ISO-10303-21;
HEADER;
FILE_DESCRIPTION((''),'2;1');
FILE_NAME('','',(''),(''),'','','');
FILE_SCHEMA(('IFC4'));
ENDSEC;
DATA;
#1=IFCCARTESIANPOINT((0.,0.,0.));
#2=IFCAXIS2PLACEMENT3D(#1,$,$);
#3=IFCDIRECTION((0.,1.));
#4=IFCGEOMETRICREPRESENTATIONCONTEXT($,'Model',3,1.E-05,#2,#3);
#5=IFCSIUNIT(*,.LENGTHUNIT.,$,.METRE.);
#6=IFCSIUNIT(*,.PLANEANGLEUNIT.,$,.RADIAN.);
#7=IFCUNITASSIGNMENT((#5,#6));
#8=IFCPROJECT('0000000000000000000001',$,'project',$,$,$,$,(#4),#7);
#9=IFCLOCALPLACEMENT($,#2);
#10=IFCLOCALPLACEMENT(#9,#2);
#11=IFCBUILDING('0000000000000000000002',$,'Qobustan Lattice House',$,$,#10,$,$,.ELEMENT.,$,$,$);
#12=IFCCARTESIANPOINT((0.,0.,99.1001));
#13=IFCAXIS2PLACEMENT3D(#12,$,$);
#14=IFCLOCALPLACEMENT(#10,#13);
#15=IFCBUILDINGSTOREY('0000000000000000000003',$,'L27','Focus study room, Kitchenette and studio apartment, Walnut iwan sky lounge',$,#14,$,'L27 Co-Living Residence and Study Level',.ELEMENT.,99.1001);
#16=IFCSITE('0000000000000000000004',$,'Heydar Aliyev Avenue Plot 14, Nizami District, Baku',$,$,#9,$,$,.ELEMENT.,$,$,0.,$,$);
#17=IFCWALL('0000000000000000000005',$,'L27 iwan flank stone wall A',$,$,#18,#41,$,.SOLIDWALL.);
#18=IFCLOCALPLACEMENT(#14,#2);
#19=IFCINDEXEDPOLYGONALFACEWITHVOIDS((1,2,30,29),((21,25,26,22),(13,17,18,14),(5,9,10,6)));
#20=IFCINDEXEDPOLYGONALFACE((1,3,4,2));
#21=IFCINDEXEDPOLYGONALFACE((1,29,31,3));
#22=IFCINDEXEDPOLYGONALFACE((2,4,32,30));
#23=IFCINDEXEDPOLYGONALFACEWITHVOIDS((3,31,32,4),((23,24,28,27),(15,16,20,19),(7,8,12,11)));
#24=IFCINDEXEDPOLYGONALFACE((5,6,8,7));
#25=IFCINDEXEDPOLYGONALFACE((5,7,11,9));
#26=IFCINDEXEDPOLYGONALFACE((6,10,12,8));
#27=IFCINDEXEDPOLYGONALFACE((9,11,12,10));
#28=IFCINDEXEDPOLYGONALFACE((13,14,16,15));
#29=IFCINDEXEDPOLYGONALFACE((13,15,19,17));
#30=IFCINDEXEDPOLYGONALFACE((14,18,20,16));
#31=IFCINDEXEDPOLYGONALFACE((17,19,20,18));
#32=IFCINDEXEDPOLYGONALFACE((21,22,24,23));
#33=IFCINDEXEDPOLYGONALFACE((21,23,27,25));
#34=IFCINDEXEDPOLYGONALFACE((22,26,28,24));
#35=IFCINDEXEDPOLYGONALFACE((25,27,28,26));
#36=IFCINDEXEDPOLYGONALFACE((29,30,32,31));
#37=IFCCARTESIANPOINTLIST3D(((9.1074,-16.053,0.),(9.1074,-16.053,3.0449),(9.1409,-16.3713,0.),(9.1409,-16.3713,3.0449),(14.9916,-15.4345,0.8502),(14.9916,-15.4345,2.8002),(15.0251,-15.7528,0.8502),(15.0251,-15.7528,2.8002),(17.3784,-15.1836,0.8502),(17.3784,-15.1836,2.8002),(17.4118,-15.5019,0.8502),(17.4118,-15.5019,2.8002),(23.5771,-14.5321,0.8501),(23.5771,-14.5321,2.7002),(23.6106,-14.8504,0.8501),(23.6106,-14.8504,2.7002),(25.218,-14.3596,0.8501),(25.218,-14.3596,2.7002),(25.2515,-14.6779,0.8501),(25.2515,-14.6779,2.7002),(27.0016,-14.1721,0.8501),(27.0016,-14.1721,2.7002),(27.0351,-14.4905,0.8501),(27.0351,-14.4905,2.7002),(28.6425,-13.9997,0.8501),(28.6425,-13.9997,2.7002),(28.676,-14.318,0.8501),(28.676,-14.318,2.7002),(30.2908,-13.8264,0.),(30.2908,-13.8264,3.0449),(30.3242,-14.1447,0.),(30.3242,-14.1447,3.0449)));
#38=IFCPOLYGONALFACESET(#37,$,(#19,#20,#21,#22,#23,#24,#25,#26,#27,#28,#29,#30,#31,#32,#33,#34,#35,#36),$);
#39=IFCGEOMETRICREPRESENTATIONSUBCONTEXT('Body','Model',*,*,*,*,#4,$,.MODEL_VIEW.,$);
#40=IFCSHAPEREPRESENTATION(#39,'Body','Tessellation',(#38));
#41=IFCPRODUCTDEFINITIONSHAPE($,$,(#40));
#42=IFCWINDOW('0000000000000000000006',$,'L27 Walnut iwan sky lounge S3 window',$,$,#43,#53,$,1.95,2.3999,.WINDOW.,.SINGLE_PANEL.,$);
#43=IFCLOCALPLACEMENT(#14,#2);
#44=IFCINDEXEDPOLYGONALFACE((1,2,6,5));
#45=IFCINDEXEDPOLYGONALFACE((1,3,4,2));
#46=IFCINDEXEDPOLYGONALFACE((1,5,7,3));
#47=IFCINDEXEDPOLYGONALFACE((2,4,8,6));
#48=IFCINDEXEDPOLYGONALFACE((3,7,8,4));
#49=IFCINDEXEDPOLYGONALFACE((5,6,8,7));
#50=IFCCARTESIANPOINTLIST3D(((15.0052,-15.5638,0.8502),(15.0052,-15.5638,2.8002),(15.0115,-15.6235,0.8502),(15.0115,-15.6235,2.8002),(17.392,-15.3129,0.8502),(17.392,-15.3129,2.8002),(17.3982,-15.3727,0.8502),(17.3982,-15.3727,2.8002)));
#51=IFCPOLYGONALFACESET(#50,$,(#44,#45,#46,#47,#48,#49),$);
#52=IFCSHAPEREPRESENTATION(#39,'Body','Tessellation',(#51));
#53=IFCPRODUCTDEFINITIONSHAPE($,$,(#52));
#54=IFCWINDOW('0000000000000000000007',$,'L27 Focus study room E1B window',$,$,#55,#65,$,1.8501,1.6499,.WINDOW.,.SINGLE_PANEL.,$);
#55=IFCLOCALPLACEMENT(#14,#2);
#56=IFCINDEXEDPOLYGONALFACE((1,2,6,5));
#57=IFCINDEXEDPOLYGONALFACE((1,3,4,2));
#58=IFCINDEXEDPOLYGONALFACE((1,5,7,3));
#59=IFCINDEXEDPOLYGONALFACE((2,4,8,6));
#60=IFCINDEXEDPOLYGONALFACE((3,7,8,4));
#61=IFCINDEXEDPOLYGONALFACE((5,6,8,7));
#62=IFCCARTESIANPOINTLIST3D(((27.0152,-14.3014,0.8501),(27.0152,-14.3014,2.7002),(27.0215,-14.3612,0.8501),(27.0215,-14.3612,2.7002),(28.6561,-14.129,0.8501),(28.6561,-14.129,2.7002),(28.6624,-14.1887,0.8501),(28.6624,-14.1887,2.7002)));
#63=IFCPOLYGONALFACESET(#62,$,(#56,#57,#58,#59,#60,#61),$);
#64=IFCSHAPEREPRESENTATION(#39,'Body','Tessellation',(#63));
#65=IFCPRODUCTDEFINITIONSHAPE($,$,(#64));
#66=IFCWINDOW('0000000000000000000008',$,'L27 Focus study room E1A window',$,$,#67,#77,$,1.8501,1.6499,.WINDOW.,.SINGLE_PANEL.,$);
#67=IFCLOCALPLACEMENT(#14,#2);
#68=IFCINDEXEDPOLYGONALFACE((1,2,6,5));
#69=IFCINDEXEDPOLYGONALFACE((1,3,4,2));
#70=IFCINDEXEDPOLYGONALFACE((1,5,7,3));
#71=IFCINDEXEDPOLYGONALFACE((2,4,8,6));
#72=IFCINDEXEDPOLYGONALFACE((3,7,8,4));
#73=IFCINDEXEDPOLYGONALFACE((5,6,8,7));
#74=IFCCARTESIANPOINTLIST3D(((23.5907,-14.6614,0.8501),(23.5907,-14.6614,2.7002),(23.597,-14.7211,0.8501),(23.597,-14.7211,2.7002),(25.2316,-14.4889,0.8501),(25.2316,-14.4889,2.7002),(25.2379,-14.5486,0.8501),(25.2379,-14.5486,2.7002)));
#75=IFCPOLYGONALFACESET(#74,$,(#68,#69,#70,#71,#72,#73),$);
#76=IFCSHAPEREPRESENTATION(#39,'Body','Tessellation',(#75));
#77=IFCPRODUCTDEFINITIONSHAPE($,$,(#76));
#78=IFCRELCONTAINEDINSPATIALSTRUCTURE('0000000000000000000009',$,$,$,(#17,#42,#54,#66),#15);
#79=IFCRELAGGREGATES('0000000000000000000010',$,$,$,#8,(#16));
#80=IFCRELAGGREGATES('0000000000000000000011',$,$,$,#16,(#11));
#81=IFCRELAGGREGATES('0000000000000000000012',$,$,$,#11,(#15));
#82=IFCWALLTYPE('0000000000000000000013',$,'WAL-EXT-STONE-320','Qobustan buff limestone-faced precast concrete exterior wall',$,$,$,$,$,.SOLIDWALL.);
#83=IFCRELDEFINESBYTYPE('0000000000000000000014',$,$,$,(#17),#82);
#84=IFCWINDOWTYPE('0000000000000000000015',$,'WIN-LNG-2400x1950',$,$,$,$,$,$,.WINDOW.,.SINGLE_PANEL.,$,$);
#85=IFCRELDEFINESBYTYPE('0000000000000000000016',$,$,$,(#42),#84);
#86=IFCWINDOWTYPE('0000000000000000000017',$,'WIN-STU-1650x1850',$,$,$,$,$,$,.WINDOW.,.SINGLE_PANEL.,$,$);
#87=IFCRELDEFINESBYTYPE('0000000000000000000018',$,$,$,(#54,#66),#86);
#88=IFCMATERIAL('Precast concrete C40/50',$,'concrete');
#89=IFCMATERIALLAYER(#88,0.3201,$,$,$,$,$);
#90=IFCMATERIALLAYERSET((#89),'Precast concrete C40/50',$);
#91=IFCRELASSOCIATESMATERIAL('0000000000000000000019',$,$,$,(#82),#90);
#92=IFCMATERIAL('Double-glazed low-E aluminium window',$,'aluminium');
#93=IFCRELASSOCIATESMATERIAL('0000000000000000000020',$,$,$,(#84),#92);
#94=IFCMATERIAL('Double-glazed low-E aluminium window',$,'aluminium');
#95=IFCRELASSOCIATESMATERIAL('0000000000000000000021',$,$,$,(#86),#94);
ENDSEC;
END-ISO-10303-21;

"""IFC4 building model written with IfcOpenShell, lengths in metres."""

from ifc_helpers import new_model, si_unit, direction, frame, frame_2d, origin, place, context, subcontext, project, spatial, rectangle, extrude, material, layer, layer_set, type_object, element, fill, save


model = new_model("IFC4")

# Units and contexts
model_context = context("Model", 3, precision=1e-05, world=origin(), true_north=direction((0.0, 1.0)))
body_context = subcontext(model_context, "Body", "Model", "MODEL_VIEW")
ifc_project = project(units=[si_unit("LENGTHUNIT", "METRE"), si_unit("PLANEANGLEUNIT", "RADIAN")], contexts=[model_context])

# Site, building, storey
site_placement = place(None, origin())
site = spatial("IfcSite", under=ifc_project, at=site_placement, Name="Heydar Aliyev Avenue Plot 14, Nizami District, Baku", CompositionType="ELEMENT", RefElevation=0.0)
building_placement = place(site_placement, origin())
building = spatial("IfcBuilding", under=site, at=building_placement, Name="Qobustan Lattice House", CompositionType="ELEMENT")
storey_placement = place(building_placement, frame((0.0, 0.0, 99.1001)))
storey = spatial("IfcBuildingStorey", under=building, at=storey_placement, Name="L27", Description="Focus study room, Kitchenette and studio apartment, Walnut iwan sky lounge", LongName="L27 Co-Living Residence and Study Level", CompositionType="ELEMENT", Elevation=99.1001)

# Shared definitions
ifc_material_1 = material(Name="Precast concrete C40/50", Category="concrete")
ifc_layer_1 = layer(ifc_material_1, 0.3201)
ifc_layer_set_1 = layer_set([ifc_layer_1], Name="Precast concrete C40/50")
wall_type = type_object("IfcWallType", Name="WAL-EXT-STONE-320", Description="Qobustan buff limestone-faced precast concrete exterior wall", PredefinedType="SOLIDWALL", material=ifc_layer_set_1)

# Wall, openings, windows
wall_1_placement = place(storey_placement, frame((30.3074, -13.9856, 0.0), z_axis=(0.0, 0.0, 1.0), x_axis=(-0.994521, -0.104533, 0.0)))
wall_1 = element("IfcWall", 1, at=wall_1_placement, inside=storey, type_object=wall_type, Name="L27 iwan flank stone wall A", PredefinedType="SOLIDWALL", context=body_context, shape_type="SweptSolid", body=[
    extrude(rectangle(XDim=21.3, YDim=0.3201, at=frame_2d((10.6499, 0.0))), origin(), (0.0, 0.0, 1.0), 3.0449),
])
opening_1_placement = place(wall_1_placement, frame((1.6572, 0.0, 0.8501)))
opening_1 = element("IfcOpeningElement", 2, at=opening_1_placement, cuts=wall_1, PredefinedType="OPENING", context=body_context, shape_type="SweptSolid", body=[
    extrude(rectangle(XDim=1.6499, YDim=1.8501, at=frame_2d((0.825, 0.925))), frame((0.0, 0.1699, 0.0), z_axis=(0.0, -1.0, 0.0), x_axis=(1.0, 0.0, 0.0)), (0.0, 0.0, 1.0), 0.3401),
])
opening_2_placement = place(wall_1_placement, frame((5.1006, 0.0, 0.8501)))
opening_2 = element("IfcOpeningElement", 3, at=opening_2_placement, cuts=wall_1, PredefinedType="OPENING", context=body_context, shape_type="SweptSolid", body=[
    extrude(rectangle(XDim=1.6499, YDim=1.8501, at=frame_2d((0.825, 0.925))), frame((0.0, 0.1699, 0.0), z_axis=(0.0, -1.0, 0.0), x_axis=(1.0, 0.0, 0.0)), (0.0, 0.0, 1.0), 0.3401),
])
opening_3_placement = place(wall_1_placement, frame((12.9834, 0.0, 0.8501)))
opening_3 = element("IfcOpeningElement", 4, at=opening_3_placement, cuts=wall_1, PredefinedType="OPENING", context=body_context, shape_type="SweptSolid", body=[
    extrude(rectangle(XDim=2.3999, YDim=1.95, at=frame_2d((1.2, 0.9751))), frame((0.0, 0.1699, 0.0), z_axis=(0.0, -1.0, 0.0), x_axis=(1.0, 0.0, 0.0)), (0.0, 0.0, 1.0), 0.3401),
])
ifc_material_2 = material(Name="Double-glazed low-E aluminium window", Category="aluminium")
window_type_1 = type_object("IfcWindowType", Name="WIN-LNG-2400x1950", PartitioningType="SINGLE_PANEL", PredefinedType="WINDOW", material=ifc_material_2)
window_1_placement = place(opening_3_placement, origin())
window_1 = element("IfcWindow", 5, at=window_1_placement, inside=storey, type_object=window_type_1, Name="L27 Walnut iwan sky lounge S3 window", OverallHeight=1.95, OverallWidth=2.3999, PartitioningType="SINGLE_PANEL", PredefinedType="WINDOW", context=body_context, shape_type="SweptSolid", body=[
    extrude(rectangle(XDim=2.3999, YDim=1.95, at=frame_2d((1.2, 0.9751))), frame((0.0, 0.03, 0.0), z_axis=(0.0, -1.0, 0.0), x_axis=(1.0, 0.0, 0.0)), (0.0, 0.0, 1.0), 0.0601),
])
fill(opening_3, window_1)
ifc_material_3 = material(Name="Double-glazed low-E aluminium window", Category="aluminium")
window_type_2 = type_object("IfcWindowType", Name="WIN-STU-1650x1850", PartitioningType="SINGLE_PANEL", PredefinedType="WINDOW", material=ifc_material_3)
window_2_placement = place(opening_1_placement, origin())
window_2 = element("IfcWindow", 6, at=window_2_placement, inside=storey, type_object=window_type_2, Name="L27 Focus study room E1B window", OverallHeight=1.8501, OverallWidth=1.6499, PartitioningType="SINGLE_PANEL", PredefinedType="WINDOW", context=body_context, shape_type="SweptSolid", body=[
    extrude(rectangle(XDim=1.6499, YDim=1.8501, at=frame_2d((0.825, 0.925))), frame((0.0, 0.03, 0.0), z_axis=(0.0, -1.0, 0.0), x_axis=(1.0, 0.0, 0.0)), (0.0, 0.0, 1.0), 0.0601),
])
fill(opening_1, window_2)
window_3_placement = place(opening_2_placement, origin())
window_3 = element("IfcWindow", 7, at=window_3_placement, inside=storey, type_object=window_type_2, Name="L27 Focus study room E1A window", OverallHeight=1.8501, OverallWidth=1.6499, PartitioningType="SINGLE_PANEL", PredefinedType="WINDOW", context=body_context, shape_type="SweptSolid", body=[
    extrude(rectangle(XDim=1.6499, YDim=1.8501, at=frame_2d((0.825, 0.925))), frame((0.0, 0.03, 0.0), z_axis=(0.0, -1.0, 0.0), x_axis=(1.0, 0.0, 0.0)), (0.0, 0.0, 1.0), 0.0601),
])
fill(opening_2, window_3)

save(model, "model.ifc")
